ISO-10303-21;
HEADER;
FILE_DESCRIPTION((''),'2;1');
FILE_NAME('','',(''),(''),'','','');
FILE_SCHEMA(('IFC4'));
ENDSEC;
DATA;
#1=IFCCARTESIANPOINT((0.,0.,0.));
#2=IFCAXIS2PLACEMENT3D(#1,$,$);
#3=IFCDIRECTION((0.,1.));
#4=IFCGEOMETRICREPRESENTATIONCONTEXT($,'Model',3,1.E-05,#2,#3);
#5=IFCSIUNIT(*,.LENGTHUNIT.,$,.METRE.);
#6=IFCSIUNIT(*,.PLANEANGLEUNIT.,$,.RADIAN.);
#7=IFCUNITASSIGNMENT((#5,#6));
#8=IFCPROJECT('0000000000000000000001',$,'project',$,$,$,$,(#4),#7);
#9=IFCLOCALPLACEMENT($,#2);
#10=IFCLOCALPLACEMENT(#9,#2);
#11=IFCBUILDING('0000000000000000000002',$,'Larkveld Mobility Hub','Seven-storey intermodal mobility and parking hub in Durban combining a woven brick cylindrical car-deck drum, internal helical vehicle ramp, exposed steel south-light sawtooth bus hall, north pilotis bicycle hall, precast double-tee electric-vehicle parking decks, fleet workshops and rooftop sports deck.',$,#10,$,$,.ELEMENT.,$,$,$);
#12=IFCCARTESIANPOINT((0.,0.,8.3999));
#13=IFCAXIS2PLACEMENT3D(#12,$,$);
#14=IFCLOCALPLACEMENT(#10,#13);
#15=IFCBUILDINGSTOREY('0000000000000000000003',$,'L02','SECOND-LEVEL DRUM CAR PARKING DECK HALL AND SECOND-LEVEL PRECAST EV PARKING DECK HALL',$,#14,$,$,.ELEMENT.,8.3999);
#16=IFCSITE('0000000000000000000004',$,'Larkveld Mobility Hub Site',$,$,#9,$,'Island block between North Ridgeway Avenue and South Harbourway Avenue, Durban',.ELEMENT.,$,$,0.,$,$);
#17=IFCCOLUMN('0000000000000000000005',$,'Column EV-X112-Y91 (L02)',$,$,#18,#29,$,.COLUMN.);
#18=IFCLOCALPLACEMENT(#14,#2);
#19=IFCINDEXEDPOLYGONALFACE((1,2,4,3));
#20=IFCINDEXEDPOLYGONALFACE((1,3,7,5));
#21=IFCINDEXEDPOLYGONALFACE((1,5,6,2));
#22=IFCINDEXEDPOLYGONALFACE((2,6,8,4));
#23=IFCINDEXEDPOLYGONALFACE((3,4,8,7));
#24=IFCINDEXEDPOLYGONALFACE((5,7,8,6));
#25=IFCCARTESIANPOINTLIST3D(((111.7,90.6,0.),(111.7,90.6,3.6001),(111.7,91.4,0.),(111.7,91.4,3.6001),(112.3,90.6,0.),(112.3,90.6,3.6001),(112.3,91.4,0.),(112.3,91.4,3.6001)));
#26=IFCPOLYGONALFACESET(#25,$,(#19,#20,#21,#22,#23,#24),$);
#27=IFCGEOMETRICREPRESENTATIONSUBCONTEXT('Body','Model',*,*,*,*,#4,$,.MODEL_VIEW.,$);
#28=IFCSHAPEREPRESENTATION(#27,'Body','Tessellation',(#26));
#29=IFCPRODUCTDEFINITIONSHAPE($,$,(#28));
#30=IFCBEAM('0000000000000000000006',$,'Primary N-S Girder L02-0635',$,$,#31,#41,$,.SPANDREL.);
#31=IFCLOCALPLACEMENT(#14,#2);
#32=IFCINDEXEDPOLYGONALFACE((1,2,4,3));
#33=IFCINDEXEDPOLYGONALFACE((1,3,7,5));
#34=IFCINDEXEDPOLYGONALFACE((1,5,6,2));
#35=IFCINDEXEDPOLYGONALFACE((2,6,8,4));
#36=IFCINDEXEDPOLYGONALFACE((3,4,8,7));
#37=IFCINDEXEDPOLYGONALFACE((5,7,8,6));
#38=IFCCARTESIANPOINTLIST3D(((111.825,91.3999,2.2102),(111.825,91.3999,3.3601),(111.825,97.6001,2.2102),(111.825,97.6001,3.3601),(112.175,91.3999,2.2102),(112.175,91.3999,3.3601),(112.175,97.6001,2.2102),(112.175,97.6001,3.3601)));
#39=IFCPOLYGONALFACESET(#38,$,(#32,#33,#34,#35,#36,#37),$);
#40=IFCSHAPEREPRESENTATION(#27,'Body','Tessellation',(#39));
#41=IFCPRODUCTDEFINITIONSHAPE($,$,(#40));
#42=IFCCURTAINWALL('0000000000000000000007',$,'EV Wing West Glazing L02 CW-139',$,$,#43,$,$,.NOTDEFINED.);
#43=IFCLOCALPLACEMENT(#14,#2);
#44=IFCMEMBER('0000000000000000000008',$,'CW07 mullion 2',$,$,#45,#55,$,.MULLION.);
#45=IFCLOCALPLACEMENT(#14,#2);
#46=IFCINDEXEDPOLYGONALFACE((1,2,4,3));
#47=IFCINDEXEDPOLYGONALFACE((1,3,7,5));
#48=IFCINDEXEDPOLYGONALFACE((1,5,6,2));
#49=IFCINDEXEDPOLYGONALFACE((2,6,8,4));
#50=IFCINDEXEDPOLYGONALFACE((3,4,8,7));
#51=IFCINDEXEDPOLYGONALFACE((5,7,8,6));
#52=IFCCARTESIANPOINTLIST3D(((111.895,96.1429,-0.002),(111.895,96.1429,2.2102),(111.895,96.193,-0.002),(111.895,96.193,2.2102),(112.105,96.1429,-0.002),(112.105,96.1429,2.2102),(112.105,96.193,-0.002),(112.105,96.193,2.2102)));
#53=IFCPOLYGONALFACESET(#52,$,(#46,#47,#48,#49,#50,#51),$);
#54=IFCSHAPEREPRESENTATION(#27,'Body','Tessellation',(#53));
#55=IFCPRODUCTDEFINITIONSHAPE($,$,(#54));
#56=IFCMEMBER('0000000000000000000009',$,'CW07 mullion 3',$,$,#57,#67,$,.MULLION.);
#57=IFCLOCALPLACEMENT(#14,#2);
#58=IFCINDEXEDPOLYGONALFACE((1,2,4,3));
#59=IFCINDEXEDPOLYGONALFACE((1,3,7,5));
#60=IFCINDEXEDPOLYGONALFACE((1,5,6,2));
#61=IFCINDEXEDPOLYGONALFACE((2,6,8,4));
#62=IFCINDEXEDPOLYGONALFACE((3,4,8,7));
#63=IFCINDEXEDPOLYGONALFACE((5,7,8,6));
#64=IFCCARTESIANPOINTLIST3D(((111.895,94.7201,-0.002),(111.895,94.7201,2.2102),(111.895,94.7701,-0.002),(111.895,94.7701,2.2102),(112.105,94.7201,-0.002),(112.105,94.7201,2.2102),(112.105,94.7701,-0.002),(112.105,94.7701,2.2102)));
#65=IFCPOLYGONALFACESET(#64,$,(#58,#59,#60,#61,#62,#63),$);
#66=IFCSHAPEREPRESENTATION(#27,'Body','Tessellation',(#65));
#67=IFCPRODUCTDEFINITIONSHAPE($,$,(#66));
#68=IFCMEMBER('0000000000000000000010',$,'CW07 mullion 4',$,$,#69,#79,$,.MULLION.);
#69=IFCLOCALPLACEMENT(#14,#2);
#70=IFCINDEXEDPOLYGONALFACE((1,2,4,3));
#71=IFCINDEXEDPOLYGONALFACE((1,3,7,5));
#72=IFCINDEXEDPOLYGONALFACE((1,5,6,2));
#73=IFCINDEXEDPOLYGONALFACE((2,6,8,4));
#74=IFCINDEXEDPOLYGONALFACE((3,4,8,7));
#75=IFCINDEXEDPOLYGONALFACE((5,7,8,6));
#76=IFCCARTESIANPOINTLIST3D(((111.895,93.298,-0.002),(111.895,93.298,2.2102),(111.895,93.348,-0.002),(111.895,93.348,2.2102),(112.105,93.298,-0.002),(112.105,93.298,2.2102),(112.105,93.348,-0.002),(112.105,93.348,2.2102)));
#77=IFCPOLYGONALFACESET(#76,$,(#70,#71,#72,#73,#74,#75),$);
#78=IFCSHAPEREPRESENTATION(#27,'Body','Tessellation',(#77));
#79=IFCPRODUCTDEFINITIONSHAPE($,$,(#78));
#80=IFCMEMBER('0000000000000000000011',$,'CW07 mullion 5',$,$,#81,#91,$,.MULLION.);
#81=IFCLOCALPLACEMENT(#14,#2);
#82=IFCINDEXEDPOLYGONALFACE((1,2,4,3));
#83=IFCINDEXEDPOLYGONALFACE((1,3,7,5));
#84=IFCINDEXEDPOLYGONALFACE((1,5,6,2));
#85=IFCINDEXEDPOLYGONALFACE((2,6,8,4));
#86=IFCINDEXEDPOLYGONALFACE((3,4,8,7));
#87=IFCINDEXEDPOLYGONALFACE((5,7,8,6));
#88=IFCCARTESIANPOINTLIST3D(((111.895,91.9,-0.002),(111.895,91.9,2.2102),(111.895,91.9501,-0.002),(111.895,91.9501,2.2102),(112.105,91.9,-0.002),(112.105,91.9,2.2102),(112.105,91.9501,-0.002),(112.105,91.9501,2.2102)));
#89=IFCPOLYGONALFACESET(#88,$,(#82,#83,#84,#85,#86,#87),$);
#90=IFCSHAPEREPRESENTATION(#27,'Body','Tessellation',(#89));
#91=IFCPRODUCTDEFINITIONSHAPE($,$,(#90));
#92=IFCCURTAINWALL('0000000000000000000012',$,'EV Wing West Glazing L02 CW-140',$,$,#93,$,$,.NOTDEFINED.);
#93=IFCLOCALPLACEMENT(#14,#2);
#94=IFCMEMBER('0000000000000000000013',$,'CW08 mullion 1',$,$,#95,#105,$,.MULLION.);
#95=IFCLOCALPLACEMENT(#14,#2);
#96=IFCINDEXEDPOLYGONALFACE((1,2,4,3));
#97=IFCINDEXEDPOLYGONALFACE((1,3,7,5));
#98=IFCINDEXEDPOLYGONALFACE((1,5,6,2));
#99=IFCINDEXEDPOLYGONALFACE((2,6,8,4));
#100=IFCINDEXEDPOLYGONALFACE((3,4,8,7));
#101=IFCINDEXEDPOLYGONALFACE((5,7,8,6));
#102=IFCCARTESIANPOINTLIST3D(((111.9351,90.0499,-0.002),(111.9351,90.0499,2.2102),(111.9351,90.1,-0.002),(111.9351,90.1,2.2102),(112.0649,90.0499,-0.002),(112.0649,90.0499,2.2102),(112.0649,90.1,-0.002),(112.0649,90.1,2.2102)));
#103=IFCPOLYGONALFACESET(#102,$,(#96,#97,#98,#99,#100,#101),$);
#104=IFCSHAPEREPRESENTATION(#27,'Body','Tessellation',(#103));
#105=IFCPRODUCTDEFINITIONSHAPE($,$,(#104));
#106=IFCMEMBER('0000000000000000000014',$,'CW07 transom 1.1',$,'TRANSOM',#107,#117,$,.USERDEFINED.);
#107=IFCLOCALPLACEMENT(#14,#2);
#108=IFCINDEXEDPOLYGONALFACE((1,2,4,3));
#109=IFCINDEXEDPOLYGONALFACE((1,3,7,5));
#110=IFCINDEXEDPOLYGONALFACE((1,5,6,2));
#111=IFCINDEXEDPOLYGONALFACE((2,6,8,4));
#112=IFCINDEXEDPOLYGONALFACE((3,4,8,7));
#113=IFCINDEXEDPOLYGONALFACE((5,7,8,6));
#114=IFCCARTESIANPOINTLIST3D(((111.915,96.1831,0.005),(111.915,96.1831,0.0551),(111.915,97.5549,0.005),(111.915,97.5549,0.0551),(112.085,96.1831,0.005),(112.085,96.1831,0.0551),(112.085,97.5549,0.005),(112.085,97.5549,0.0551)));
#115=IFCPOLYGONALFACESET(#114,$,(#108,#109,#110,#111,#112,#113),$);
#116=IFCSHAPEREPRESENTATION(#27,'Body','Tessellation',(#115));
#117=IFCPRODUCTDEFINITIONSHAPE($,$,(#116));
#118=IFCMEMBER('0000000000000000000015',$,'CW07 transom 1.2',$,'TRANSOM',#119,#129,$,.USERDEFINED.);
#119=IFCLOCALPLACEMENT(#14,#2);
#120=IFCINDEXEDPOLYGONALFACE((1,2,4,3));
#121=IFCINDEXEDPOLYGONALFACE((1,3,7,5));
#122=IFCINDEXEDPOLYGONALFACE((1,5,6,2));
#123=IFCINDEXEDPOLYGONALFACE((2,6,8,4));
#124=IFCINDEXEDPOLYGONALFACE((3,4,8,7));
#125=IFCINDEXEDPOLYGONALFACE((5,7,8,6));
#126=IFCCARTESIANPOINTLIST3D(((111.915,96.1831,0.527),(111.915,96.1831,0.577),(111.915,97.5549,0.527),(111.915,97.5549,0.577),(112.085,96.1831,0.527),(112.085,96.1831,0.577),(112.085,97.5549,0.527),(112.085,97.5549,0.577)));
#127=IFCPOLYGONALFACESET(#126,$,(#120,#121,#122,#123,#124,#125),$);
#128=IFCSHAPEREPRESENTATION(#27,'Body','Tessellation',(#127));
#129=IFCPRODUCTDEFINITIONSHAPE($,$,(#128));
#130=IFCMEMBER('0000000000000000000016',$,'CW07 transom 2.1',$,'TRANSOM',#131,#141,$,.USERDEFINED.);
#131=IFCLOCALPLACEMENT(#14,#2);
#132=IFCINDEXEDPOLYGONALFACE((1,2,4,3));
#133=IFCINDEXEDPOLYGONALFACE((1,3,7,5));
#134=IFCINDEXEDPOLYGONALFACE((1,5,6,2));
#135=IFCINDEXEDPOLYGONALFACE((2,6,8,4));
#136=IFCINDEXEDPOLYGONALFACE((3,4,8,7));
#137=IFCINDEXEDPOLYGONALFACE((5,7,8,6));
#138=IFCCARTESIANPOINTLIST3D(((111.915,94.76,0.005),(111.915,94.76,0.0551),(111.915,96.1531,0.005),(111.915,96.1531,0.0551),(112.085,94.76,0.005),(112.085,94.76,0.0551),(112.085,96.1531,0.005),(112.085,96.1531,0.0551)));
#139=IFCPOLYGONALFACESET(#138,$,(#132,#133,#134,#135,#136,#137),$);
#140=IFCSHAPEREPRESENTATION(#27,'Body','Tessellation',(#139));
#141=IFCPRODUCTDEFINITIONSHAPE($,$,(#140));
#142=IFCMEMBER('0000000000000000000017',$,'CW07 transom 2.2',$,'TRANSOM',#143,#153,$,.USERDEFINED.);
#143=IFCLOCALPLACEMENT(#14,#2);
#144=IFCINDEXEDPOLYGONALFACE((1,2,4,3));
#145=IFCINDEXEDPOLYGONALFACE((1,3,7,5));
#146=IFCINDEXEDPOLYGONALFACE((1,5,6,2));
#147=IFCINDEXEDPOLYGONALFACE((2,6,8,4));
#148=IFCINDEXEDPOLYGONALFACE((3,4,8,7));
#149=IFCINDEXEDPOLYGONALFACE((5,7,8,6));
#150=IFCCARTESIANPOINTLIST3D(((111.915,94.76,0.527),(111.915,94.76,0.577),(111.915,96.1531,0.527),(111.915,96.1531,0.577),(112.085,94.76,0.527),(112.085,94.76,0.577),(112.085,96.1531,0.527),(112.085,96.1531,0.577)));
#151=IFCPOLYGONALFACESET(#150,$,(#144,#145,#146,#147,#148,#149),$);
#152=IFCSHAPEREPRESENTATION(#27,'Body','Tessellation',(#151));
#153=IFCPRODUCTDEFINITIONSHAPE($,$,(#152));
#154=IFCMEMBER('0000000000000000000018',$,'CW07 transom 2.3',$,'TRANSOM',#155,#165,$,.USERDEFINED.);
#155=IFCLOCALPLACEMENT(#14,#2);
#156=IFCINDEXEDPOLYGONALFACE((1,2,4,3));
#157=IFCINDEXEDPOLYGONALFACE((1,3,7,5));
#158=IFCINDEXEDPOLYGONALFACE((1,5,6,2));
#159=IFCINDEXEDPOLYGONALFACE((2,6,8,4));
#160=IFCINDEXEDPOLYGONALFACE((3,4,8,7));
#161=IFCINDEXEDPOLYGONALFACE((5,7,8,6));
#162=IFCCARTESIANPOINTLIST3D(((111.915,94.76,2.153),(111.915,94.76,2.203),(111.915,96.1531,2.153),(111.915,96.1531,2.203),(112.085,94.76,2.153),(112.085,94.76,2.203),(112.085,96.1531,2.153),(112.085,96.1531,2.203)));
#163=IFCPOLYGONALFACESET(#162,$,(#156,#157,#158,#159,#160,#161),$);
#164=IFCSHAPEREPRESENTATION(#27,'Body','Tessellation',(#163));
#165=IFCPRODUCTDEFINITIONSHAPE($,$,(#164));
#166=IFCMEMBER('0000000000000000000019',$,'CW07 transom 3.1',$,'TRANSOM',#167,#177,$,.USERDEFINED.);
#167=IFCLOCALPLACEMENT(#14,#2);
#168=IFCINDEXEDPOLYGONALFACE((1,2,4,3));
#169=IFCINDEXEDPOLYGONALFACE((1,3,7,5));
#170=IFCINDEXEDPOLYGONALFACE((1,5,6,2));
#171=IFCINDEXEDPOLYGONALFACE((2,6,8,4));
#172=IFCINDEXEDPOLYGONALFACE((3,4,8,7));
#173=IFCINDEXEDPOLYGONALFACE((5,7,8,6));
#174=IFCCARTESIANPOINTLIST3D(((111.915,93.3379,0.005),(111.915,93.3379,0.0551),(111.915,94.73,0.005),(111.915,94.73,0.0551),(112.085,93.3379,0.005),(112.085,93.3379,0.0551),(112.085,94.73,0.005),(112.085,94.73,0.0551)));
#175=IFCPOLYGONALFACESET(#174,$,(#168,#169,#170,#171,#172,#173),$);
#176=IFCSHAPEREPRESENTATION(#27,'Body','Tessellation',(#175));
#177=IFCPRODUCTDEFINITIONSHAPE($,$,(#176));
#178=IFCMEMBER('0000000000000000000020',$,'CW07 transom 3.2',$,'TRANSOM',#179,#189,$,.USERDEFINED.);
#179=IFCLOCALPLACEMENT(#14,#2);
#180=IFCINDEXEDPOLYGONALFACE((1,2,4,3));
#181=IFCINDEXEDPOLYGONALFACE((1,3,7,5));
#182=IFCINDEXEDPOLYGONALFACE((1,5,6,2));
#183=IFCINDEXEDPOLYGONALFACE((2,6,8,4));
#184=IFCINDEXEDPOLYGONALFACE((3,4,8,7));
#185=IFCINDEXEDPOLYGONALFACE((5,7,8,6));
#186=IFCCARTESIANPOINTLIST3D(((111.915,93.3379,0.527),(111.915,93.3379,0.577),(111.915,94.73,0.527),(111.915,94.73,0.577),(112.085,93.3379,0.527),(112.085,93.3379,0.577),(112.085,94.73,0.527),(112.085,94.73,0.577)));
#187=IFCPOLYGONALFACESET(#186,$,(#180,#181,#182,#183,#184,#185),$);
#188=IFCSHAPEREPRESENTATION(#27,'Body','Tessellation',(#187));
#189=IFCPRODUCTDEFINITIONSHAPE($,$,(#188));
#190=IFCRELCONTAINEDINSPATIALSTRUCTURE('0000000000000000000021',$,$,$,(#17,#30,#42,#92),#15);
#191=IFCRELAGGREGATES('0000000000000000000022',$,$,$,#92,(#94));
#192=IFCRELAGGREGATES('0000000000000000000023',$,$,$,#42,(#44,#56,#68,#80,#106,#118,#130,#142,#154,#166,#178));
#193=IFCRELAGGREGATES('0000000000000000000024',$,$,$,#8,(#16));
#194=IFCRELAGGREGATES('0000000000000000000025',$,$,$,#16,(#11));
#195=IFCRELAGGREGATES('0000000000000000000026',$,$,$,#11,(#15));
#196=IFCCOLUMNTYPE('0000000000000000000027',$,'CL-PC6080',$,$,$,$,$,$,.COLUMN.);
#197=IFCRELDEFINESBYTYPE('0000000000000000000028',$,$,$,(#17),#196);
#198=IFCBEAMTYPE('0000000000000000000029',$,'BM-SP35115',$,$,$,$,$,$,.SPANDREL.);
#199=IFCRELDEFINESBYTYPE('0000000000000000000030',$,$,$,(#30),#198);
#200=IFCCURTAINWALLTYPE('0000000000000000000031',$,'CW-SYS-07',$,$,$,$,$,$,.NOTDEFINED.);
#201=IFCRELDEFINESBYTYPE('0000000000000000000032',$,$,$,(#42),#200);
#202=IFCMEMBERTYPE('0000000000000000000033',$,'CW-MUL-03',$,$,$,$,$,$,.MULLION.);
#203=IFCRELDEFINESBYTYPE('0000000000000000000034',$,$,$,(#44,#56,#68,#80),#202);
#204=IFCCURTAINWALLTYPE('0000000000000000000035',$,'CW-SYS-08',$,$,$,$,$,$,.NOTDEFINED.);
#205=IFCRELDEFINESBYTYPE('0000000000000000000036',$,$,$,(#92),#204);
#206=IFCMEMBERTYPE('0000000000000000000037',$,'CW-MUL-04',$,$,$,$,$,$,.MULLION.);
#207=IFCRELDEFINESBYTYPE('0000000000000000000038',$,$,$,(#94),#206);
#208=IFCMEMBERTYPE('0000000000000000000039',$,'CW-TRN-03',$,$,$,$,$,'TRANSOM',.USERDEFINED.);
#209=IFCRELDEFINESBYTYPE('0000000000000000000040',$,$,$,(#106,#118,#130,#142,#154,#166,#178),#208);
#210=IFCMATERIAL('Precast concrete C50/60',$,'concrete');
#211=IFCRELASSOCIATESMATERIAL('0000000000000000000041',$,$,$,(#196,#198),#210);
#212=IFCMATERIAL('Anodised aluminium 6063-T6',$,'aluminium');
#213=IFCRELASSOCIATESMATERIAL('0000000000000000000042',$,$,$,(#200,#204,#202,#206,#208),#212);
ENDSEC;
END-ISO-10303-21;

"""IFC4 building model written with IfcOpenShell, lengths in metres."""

from ifc_helpers import new_model, si_unit, direction, frame, origin, origin_2d, place, context, subcontext, project, spatial, rectangle, extrude, material, material_profile, profile_set, type_object, element, aggregate, save


model = new_model("IFC4")

# Units and contexts
model_context = context("Model", 3, precision=1e-05, world=origin(), true_north=direction((0.0, 1.0)))
body_context = subcontext(model_context, "Body", "Model", "MODEL_VIEW")
ifc_project = project(units=[si_unit("LENGTHUNIT", "METRE"), si_unit("PLANEANGLEUNIT", "RADIAN")], contexts=[model_context])

# Site, building, storey
site_placement = place(None, origin())
site = spatial("IfcSite", under=ifc_project, at=site_placement, Name="Larkveld Mobility Hub Site", LongName="Island block between North Ridgeway Avenue and South Harbourway Avenue, Durban", CompositionType="ELEMENT", RefElevation=0.0)
building_placement = place(site_placement, origin())
building = spatial("IfcBuilding", under=site, at=building_placement, Name="Larkveld Mobility Hub", Description="Seven-storey intermodal mobility and parking hub in Durban combining a woven brick cylindrical car-deck drum, internal helical vehicle ramp, exposed steel south-light sawtooth bus hall, north pilotis bicycle hall, precast double-tee electric-vehicle parking decks, fleet workshops and rooftop sports deck.", CompositionType="ELEMENT")
storey_placement = place(building_placement, frame((0.0, 0.0, 8.3999)))
storey = spatial("IfcBuildingStorey", under=building, at=storey_placement, Name="L02", Description="SECOND-LEVEL DRUM CAR PARKING DECK HALL AND SECOND-LEVEL PRECAST EV PARKING DECK HALL", CompositionType="ELEMENT", Elevation=8.3999)

# Column
ifc_material_1 = material(Name="Precast concrete C50/60", Category="concrete")
ifc_material_profile_1 = material_profile(ifc_material_1, rectangle(XDim=0.6001, YDim=0.8, at=origin_2d()), Name="RC COL 600x800")
ifc_profile_set_1 = profile_set([ifc_material_profile_1], Name="Precast concrete C50/60")
column_type = type_object("IfcColumnType", Name="CL-PC6080", PredefinedType="COLUMN", material=ifc_profile_set_1)
column_placement = place(storey_placement, frame((112.0, 91.0, 0.0), z_axis=(0.0, 0.0, 1.0), x_axis=(1.0, 0.0, 0.0)))
element("IfcColumn", 1, at=column_placement, inside=storey, type_object=column_type, Name="Column EV-X112-Y91 (L02)", PredefinedType="COLUMN", context=body_context, shape_type="SweptSolid", body=[
    extrude(rectangle(XDim=0.6001, YDim=0.8, at=origin_2d()), origin(), (0.0, 0.0, 1.0), 3.6001),
])

# Beam
ifc_material_profile_2 = material_profile(ifc_material_1, rectangle(XDim=0.3501, YDim=1.1499, at=origin_2d()), Name="PC SP 350x1150")
ifc_profile_set_2 = profile_set([ifc_material_profile_2], Name="Precast concrete C50/60")
beam_type = type_object("IfcBeamType", Name="BM-SP35115", PredefinedType="SPANDREL", material=ifc_profile_set_2)
beam_placement = place(storey_placement, frame((112.0, 91.3999, 2.7852), z_axis=(0.0, 1.0, 0.0), x_axis=(-1.0, 0.0, 0.0)))
element("IfcBeam", 2, at=beam_placement, inside=storey, type_object=beam_type, Name="Primary N-S Girder L02-0635", PredefinedType="SPANDREL", context=body_context, shape_type="SweptSolid", body=[
    extrude(rectangle(XDim=0.3501, YDim=1.1499, at=origin_2d()), origin(), (0.0, 0.0, 1.0), 6.2002),
])

# Curtain wall, members
ifc_material_2 = material(Name="Anodised aluminium 6063-T6", Category="aluminium")
curtain_wall_type_1 = type_object("IfcCurtainWallType", Name="CW-SYS-07", PredefinedType="NOTDEFINED", material=ifc_material_2)
curtain_wall_1_placement = place(storey_placement, origin())
curtain_wall_1 = element("IfcCurtainWall", 3, at=curtain_wall_1_placement, inside=storey, type_object=curtain_wall_type_1, Name="EV Wing West Glazing L02 CW-139", PredefinedType="NOTDEFINED")
ifc_material_profile_3 = material_profile(ifc_material_2, rectangle(XDim=0.05, YDim=0.21, at=origin_2d()), Name="ALU MULL 50x210")
ifc_profile_set_3 = profile_set([ifc_material_profile_3], Name="Anodised aluminium 6063-T6")
member_type_1 = type_object("IfcMemberType", Name="CW-MUL-03", PredefinedType="MULLION", material=ifc_profile_set_3)
member_1_placement = place(storey_placement, frame((112.0, 96.168, -0.002), z_axis=(0.0, 0.0, 1.0), x_axis=(0.0, -1.0, 0.0)))
member_1 = element("IfcMember", 4, at=member_1_placement, type_object=member_type_1, Name="CW07 mullion 2", PredefinedType="MULLION", context=body_context, shape_type="SweptSolid", body=[
    extrude(rectangle(XDim=0.05, YDim=0.21, at=origin_2d()), origin(), (0.0, 0.0, 1.0), 2.2122),
])
member_2_placement = place(storey_placement, frame((112.0, 94.7451, -0.002), z_axis=(0.0, 0.0, 1.0), x_axis=(0.0, -1.0, 0.0)))
member_2 = element("IfcMember", 5, at=member_2_placement, type_object=member_type_1, Name="CW07 mullion 3", PredefinedType="MULLION", context=body_context, shape_type="SweptSolid", body=[
    extrude(rectangle(XDim=0.05, YDim=0.21, at=origin_2d()), origin(), (0.0, 0.0, 1.0), 2.2122),
])
member_3_placement = place(storey_placement, frame((112.0, 93.323, -0.002), z_axis=(0.0, 0.0, 1.0), x_axis=(0.0, -1.0, 0.0)))
member_3 = element("IfcMember", 6, at=member_3_placement, type_object=member_type_1, Name="CW07 mullion 4", PredefinedType="MULLION", context=body_context, shape_type="SweptSolid", body=[
    extrude(rectangle(XDim=0.05, YDim=0.21, at=origin_2d()), origin(), (0.0, 0.0, 1.0), 2.2122),
])
member_4_placement = place(storey_placement, frame((112.0, 91.925, -0.002), z_axis=(0.0, 0.0, 1.0), x_axis=(0.0, -1.0, 0.0)))
member_4 = element("IfcMember", 7, at=member_4_placement, type_object=member_type_1, Name="CW07 mullion 5", PredefinedType="MULLION", context=body_context, shape_type="SweptSolid", body=[
    extrude(rectangle(XDim=0.05, YDim=0.21, at=origin_2d()), origin(), (0.0, 0.0, 1.0), 2.2122),
])

# Curtain wall, member
curtain_wall_type_2 = type_object("IfcCurtainWallType", Name="CW-SYS-08", PredefinedType="NOTDEFINED", material=ifc_material_2)
curtain_wall_2_placement = place(storey_placement, origin())
curtain_wall_2 = element("IfcCurtainWall", 8, at=curtain_wall_2_placement, inside=storey, type_object=curtain_wall_type_2, Name="EV Wing West Glazing L02 CW-140", PredefinedType="NOTDEFINED")
ifc_material_profile_4 = material_profile(ifc_material_2, rectangle(XDim=0.05, YDim=0.1299, at=origin_2d()), Name="ALU MULL 50x130")
ifc_profile_set_4 = profile_set([ifc_material_profile_4], Name="Anodised aluminium 6063-T6")
member_type_2 = type_object("IfcMemberType", Name="CW-MUL-04", PredefinedType="MULLION", material=ifc_profile_set_4)
member_5_placement = place(storey_placement, frame((112.0, 90.075, -0.002), z_axis=(0.0, 0.0, 1.0), x_axis=(0.0, -1.0, 0.0)))
member_5 = element("IfcMember", 9, at=member_5_placement, type_object=member_type_2, Name="CW08 mullion 1", PredefinedType="MULLION", context=body_context, shape_type="SweptSolid", body=[
    extrude(rectangle(XDim=0.05, YDim=0.1299, at=origin_2d()), origin(), (0.0, 0.0, 1.0), 2.2122),
])

# Members
ifc_material_profile_5 = material_profile(ifc_material_2, rectangle(XDim=0.1699, YDim=0.05, at=origin_2d()), Name="ALU TRAN 50x170")
ifc_profile_set_5 = profile_set([ifc_material_profile_5], Name="Anodised aluminium 6063-T6")
member_type_3 = type_object("IfcMemberType", Name="CW-TRN-03", ElementType="TRANSOM", PredefinedType="USERDEFINED", material=ifc_profile_set_5)
member_6_placement = place(storey_placement, frame((112.0, 97.5549, 0.03), z_axis=(0.0, -1.0, 0.0), x_axis=(1.0, 0.0, 0.0)))
member_6 = element("IfcMember", 10, at=member_6_placement, type_object=member_type_3, Name="CW07 transom 1.1", ObjectType="TRANSOM", PredefinedType="USERDEFINED", context=body_context, shape_type="SweptSolid", body=[
    extrude(rectangle(XDim=0.1699, YDim=0.05, at=origin_2d()), origin(), (0.0, 0.0, 1.0), 1.3718),
])
member_7_placement = place(storey_placement, frame((112.0, 97.5549, 0.552), z_axis=(0.0, -1.0, 0.0), x_axis=(1.0, 0.0, 0.0)))
member_7 = element("IfcMember", 11, at=member_7_placement, type_object=member_type_3, Name="CW07 transom 1.2", ObjectType="TRANSOM", PredefinedType="USERDEFINED", context=body_context, shape_type="SweptSolid", body=[
    extrude(rectangle(XDim=0.1699, YDim=0.05, at=origin_2d()), origin(), (0.0, 0.0, 1.0), 1.3718),
])
member_8_placement = place(storey_placement, frame((112.0, 96.1531, 0.03), z_axis=(0.0, -1.0, 0.0), x_axis=(1.0, 0.0, 0.0)))
member_8 = element("IfcMember", 12, at=member_8_placement, type_object=member_type_3, Name="CW07 transom 2.1", ObjectType="TRANSOM", PredefinedType="USERDEFINED", context=body_context, shape_type="SweptSolid", body=[
    extrude(rectangle(XDim=0.1699, YDim=0.05, at=origin_2d()), origin(), (0.0, 0.0, 1.0), 1.3931),
])
member_9_placement = place(storey_placement, frame((112.0, 96.1531, 0.552), z_axis=(0.0, -1.0, 0.0), x_axis=(1.0, 0.0, 0.0)))
member_9 = element("IfcMember", 13, at=member_9_placement, type_object=member_type_3, Name="CW07 transom 2.2", ObjectType="TRANSOM", PredefinedType="USERDEFINED", context=body_context, shape_type="SweptSolid", body=[
    extrude(rectangle(XDim=0.1699, YDim=0.05, at=origin_2d()), origin(), (0.0, 0.0, 1.0), 1.3931),
])
member_10_placement = place(storey_placement, frame((112.0, 96.1531, 2.178), z_axis=(0.0, -1.0, 0.0), x_axis=(1.0, 0.0, 0.0)))
member_10 = element("IfcMember", 14, at=member_10_placement, type_object=member_type_3, Name="CW07 transom 2.3", ObjectType="TRANSOM", PredefinedType="USERDEFINED", context=body_context, shape_type="SweptSolid", body=[
    extrude(rectangle(XDim=0.1699, YDim=0.05, at=origin_2d()), origin(), (0.0, 0.0, 1.0), 1.3931),
])
member_11_placement = place(storey_placement, frame((112.0, 94.73, 0.03), z_axis=(0.0, -1.0, 0.0), x_axis=(1.0, 0.0, 0.0)))
member_11 = element("IfcMember", 15, at=member_11_placement, type_object=member_type_3, Name="CW07 transom 3.1", ObjectType="TRANSOM", PredefinedType="USERDEFINED", context=body_context, shape_type="SweptSolid", body=[
    extrude(rectangle(XDim=0.1699, YDim=0.05, at=origin_2d()), origin(), (0.0, 0.0, 1.0), 1.3921),
])
member_12_placement = place(storey_placement, frame((112.0, 94.73, 0.552), z_axis=(0.0, -1.0, 0.0), x_axis=(1.0, 0.0, 0.0)))
member_12 = element("IfcMember", 16, at=member_12_placement, type_object=member_type_3, Name="CW07 transom 3.2", ObjectType="TRANSOM", PredefinedType="USERDEFINED", context=body_context, shape_type="SweptSolid", body=[
    extrude(rectangle(XDim=0.1699, YDim=0.05, at=origin_2d()), origin(), (0.0, 0.0, 1.0), 1.3921),
])
aggregate(curtain_wall_2, [member_5])

aggregate(curtain_wall_1, [member_1, member_2, member_3, member_4, member_6, member_7, member_8, member_9, member_10, member_11, member_12])

save(model, "model.ifc")
